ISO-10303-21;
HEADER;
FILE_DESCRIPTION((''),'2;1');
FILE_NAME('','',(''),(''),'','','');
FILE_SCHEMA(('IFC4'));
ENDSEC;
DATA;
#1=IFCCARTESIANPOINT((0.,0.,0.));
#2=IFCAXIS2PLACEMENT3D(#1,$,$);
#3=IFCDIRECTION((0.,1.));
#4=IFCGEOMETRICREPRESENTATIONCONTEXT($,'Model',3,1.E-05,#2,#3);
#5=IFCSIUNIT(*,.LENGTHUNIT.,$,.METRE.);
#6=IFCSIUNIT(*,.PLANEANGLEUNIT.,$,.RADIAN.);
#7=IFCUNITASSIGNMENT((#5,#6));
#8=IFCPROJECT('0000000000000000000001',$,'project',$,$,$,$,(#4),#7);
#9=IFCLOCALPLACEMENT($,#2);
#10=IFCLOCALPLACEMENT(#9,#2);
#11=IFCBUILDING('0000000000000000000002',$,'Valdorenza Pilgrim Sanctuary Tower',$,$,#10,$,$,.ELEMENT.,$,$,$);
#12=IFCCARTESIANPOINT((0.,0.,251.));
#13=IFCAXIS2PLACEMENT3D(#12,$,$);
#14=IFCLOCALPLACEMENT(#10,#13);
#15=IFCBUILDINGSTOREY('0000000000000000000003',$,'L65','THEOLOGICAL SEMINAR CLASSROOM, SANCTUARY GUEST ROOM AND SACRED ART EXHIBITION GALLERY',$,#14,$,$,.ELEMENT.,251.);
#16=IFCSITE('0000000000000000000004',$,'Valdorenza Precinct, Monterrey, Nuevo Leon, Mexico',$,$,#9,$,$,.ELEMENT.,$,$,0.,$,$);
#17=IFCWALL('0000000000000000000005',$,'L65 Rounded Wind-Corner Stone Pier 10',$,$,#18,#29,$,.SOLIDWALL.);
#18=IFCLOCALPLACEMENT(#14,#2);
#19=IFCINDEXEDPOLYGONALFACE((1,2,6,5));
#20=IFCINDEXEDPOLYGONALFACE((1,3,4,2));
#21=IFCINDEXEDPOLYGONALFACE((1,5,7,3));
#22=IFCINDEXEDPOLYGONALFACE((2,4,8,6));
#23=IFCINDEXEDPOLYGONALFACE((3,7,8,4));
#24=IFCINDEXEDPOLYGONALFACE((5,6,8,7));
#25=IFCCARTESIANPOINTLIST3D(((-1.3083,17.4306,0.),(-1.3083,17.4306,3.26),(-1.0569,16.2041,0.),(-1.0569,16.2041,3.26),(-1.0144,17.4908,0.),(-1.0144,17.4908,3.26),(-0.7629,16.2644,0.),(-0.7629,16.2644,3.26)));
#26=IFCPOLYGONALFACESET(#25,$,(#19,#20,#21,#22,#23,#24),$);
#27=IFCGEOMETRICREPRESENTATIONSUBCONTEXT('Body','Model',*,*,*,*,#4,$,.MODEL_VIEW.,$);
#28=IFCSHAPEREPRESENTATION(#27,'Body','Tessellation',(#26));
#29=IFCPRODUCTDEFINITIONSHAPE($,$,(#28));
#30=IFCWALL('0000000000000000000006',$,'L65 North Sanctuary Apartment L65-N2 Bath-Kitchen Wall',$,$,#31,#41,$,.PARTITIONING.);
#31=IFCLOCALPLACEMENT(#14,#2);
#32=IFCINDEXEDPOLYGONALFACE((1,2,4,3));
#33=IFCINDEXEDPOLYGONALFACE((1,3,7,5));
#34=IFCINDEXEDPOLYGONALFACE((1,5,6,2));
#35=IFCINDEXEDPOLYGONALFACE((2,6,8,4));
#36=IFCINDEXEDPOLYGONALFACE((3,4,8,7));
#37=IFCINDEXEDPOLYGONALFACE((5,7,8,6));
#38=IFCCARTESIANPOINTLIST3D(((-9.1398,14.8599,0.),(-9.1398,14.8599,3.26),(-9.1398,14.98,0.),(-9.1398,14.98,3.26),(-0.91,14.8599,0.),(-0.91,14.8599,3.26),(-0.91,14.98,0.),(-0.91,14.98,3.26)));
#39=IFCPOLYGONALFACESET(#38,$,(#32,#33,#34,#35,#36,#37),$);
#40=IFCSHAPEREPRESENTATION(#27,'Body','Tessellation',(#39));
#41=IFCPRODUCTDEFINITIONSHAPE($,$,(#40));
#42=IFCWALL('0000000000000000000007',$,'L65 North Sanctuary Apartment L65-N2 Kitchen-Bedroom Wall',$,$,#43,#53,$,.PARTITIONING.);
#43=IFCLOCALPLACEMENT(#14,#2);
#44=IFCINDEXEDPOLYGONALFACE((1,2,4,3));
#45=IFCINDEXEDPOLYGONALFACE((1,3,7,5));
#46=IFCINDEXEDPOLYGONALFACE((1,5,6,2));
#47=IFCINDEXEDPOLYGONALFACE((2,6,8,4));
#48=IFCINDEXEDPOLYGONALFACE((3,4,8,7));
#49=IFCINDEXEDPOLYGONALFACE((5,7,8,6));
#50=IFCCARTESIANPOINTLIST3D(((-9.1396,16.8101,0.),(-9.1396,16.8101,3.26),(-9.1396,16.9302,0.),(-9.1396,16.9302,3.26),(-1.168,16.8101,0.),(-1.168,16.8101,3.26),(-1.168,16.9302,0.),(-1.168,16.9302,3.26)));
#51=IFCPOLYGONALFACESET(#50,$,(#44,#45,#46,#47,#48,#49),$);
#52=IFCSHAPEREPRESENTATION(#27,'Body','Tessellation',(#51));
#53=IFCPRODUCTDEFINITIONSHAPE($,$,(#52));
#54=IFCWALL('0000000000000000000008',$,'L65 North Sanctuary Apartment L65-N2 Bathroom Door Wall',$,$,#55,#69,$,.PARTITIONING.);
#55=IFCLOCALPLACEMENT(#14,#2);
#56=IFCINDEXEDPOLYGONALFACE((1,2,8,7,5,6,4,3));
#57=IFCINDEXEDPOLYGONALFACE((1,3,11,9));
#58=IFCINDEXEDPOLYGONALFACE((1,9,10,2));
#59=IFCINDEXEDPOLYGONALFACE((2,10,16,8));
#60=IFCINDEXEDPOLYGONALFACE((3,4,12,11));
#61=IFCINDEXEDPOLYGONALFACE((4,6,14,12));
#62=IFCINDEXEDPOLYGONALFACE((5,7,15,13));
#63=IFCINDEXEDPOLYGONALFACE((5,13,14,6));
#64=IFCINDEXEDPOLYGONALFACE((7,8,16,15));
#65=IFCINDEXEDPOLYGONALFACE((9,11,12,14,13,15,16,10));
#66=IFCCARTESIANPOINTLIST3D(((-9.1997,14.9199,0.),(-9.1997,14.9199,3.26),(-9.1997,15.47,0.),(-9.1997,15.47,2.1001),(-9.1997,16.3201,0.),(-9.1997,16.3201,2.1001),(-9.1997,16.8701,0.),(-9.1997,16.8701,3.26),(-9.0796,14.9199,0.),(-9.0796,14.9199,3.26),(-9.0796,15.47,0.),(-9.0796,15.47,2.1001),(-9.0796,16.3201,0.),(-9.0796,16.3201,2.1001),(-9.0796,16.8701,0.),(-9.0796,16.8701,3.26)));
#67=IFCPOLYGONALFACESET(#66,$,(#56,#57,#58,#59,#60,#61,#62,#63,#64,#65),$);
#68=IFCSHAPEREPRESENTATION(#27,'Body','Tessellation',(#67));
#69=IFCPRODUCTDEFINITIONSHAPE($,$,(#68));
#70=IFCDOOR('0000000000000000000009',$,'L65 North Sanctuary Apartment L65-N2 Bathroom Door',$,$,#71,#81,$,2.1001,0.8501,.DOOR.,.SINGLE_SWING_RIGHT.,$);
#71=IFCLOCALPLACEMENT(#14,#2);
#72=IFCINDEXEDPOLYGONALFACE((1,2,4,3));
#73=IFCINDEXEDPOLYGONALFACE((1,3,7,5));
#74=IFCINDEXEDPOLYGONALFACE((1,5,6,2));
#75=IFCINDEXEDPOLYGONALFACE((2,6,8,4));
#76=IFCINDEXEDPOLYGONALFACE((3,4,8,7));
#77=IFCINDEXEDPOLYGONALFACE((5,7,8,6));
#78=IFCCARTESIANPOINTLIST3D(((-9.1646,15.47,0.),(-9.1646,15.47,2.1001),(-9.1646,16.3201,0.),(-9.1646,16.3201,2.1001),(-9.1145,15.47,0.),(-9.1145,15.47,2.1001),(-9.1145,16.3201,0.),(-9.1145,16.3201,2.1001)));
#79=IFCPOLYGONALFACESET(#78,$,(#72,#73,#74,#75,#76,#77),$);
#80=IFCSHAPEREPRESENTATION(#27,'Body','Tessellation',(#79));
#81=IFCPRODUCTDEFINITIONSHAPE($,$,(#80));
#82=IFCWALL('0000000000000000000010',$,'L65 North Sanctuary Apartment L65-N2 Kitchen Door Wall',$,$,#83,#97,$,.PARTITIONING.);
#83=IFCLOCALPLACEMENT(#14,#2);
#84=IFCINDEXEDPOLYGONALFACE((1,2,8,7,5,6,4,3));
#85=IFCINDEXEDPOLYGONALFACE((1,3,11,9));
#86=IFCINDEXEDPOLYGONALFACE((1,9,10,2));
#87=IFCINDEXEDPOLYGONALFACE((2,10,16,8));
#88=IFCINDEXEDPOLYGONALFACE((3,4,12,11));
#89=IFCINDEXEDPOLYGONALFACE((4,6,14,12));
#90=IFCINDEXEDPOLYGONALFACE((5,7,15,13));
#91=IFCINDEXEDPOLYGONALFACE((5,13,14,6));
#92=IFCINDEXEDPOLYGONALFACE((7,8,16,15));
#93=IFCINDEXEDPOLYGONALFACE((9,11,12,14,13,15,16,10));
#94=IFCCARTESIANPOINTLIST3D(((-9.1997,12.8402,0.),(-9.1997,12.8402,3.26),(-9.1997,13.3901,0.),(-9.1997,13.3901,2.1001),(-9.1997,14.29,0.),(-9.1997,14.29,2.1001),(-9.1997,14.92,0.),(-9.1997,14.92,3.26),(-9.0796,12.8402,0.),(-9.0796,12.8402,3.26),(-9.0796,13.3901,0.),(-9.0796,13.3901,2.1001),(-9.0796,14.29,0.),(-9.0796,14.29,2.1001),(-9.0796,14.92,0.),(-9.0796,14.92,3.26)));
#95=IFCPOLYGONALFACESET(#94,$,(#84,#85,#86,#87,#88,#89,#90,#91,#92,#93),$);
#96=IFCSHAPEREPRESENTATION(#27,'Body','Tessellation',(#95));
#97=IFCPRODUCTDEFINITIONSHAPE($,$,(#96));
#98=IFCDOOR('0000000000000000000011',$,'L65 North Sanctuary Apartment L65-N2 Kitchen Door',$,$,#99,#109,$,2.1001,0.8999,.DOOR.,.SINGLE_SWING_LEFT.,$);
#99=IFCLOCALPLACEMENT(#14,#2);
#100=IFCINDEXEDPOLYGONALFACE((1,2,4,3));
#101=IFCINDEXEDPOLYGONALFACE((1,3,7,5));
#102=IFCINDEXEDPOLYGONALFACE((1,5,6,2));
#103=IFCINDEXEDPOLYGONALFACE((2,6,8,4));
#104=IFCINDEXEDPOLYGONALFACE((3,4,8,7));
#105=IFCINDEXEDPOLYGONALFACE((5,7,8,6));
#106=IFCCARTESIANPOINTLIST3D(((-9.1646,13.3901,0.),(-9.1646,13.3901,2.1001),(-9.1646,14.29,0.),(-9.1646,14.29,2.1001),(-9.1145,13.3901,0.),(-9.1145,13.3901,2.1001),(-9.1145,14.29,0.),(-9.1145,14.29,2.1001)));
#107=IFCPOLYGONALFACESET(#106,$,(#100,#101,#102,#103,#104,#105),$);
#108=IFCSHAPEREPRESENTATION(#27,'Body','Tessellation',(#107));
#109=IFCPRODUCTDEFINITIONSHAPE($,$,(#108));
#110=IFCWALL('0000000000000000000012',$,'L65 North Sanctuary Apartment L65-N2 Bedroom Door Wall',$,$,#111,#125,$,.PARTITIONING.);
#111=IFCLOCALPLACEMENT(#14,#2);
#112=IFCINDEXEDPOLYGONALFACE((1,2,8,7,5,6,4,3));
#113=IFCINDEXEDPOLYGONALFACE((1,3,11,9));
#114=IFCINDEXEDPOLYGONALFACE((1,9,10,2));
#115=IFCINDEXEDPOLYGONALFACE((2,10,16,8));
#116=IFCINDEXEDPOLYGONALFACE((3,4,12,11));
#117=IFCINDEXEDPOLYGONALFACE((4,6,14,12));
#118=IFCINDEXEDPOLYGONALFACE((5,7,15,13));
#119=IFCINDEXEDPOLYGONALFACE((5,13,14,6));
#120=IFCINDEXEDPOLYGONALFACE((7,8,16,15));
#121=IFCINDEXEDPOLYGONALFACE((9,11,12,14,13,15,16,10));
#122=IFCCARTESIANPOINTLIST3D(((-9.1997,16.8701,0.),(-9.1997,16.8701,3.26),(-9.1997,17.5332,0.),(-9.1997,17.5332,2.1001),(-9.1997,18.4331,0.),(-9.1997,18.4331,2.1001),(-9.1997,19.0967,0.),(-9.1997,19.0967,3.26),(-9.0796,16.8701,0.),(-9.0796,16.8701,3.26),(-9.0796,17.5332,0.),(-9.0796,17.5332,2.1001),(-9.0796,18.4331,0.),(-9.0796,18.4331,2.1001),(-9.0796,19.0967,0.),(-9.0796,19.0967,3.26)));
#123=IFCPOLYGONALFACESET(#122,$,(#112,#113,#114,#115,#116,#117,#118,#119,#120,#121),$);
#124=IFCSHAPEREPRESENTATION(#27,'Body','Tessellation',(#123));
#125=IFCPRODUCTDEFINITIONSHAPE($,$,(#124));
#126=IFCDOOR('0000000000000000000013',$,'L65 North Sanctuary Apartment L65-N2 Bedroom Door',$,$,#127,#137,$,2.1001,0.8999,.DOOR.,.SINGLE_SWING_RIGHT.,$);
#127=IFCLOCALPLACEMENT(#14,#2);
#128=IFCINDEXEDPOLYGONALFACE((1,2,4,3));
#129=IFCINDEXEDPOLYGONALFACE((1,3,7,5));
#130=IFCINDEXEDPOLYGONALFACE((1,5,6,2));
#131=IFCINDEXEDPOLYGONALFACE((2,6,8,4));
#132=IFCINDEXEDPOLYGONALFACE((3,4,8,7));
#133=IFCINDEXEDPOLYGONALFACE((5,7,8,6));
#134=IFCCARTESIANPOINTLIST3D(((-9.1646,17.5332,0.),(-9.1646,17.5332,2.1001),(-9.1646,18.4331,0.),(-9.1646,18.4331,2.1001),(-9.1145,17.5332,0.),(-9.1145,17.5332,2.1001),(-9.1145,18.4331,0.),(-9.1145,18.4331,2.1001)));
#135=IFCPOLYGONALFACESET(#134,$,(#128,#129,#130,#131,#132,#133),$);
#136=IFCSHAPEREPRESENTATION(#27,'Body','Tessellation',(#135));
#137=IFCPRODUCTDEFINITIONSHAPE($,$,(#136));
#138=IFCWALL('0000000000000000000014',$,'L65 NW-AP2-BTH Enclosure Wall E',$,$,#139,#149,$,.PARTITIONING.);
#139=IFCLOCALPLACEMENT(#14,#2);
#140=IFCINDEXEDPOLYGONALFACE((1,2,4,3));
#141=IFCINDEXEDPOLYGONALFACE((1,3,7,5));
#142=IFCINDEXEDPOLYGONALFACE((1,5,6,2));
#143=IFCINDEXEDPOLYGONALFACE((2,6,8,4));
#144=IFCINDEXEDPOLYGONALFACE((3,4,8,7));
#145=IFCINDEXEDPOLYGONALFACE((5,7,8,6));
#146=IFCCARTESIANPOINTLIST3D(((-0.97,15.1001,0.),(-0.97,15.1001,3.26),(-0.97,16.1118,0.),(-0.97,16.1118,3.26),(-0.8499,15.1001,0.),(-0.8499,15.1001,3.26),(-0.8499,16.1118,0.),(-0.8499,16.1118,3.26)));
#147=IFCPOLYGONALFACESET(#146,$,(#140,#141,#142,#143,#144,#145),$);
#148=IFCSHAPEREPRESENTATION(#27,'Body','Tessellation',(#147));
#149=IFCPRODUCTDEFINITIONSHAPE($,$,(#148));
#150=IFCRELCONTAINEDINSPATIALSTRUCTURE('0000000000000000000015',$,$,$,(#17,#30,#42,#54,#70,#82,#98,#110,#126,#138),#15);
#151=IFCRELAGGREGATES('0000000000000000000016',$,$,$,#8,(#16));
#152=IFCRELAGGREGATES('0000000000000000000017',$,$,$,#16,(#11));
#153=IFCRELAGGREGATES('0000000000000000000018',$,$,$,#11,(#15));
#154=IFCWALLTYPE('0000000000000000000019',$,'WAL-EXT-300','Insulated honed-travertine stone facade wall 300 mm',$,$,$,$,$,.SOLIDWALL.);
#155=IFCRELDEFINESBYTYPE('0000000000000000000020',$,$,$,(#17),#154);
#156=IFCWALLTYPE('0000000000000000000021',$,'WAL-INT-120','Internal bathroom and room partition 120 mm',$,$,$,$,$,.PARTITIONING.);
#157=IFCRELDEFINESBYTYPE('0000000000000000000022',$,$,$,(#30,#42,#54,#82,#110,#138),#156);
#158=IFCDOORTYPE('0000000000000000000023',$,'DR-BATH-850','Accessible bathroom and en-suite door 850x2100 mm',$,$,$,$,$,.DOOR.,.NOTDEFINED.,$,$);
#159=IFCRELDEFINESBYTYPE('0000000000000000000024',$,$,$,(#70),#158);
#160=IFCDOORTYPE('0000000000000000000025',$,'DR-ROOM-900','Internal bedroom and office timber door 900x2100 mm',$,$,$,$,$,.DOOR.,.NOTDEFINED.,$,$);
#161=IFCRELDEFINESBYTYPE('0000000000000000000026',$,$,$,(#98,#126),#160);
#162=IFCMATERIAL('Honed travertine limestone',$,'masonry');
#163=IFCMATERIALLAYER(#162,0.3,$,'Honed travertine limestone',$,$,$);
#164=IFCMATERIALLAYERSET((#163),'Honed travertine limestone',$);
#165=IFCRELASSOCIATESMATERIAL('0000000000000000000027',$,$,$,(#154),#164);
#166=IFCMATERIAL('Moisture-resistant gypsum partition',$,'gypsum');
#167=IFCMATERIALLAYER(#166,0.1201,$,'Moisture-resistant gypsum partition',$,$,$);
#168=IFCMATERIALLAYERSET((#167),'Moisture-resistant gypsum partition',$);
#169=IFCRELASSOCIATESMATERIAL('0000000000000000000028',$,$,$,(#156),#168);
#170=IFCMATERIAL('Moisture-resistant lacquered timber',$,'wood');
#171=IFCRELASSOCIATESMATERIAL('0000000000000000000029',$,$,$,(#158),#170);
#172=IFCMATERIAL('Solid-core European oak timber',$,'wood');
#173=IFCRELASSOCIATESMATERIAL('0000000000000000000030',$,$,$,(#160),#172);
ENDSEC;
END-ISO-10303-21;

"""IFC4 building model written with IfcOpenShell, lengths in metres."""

from ifc_helpers import new_model, si_unit, direction, frame, frame_2d, origin, place, context, subcontext, project, spatial, rectangle, extrude, material, layer, layer_set, type_object, element, fill, save


model = new_model("IFC4")

# Units and contexts
model_context = context("Model", 3, precision=1e-05, world=origin(), true_north=direction((0.0, 1.0)))
body_context = subcontext(model_context, "Body", "Model", "MODEL_VIEW")
ifc_project = project(units=[si_unit("LENGTHUNIT", "METRE"), si_unit("PLANEANGLEUNIT", "RADIAN")], contexts=[model_context])

# Site, building, storey
site_placement = place(None, origin())
site = spatial("IfcSite", under=ifc_project, at=site_placement, Name="Valdorenza Precinct, Monterrey, Nuevo Leon, Mexico", CompositionType="ELEMENT", RefElevation=0.0)
building_placement = place(site_placement, origin())
building = spatial("IfcBuilding", under=site, at=building_placement, Name="Valdorenza Pilgrim Sanctuary Tower", CompositionType="ELEMENT")
storey_placement = place(building_placement, frame((0.0, 0.0, 251.0)))
storey = spatial("IfcBuildingStorey", under=building, at=storey_placement, Name="L65", Description="THEOLOGICAL SEMINAR CLASSROOM, SANCTUARY GUEST ROOM AND SACRED ART EXHIBITION GALLERY", CompositionType="ELEMENT", Elevation=251.0)

# Shared definitions
ifc_material_1 = material(Name="Honed travertine limestone", Category="masonry")

# Walls
ifc_layer_1 = layer(ifc_material_1, 0.3, Name="Honed travertine limestone")
ifc_layer_set_1 = layer_set([ifc_layer_1], Name="Honed travertine limestone")
wall_type_1 = type_object("IfcWallType", Name="WAL-EXT-300", Description="Insulated honed-travertine stone facade wall 300 mm", PredefinedType="SOLIDWALL", material=ifc_layer_set_1)
wall_1_placement = place(storey_placement, frame((-1.1614, 17.4607, 0.0), z_axis=(0.0, 0.0, 1.0), x_axis=(0.200877, -0.979616, 0.0)))
element("IfcWall", 1, at=wall_1_placement, inside=storey, type_object=wall_type_1, Name="L65 Rounded Wind-Corner Stone Pier 10", PredefinedType="SOLIDWALL", context=body_context, shape_type="SweptSolid", body=[
    extrude(rectangle(XDim=1.252, YDim=0.3, at=frame_2d((0.626, 0.0))), origin(), (0.0, 0.0, 1.0), 3.26),
])
ifc_material_2 = material(Name="Moisture-resistant gypsum partition", Category="gypsum")
ifc_layer_2 = layer(ifc_material_2, 0.1201, Name="Moisture-resistant gypsum partition")
ifc_layer_set_2 = layer_set([ifc_layer_2], Name="Moisture-resistant gypsum partition")
wall_type_2 = type_object("IfcWallType", Name="WAL-INT-120", Description="Internal bathroom and room partition 120 mm", PredefinedType="PARTITIONING", material=ifc_layer_set_2)
wall_2_placement = place(storey_placement, frame((-9.1396, 14.9199, 0.0), z_axis=(0.0, 0.0, 1.0), x_axis=(1.0, 0.0, 0.0)))
element("IfcWall", 2, at=wall_2_placement, inside=storey, type_object=wall_type_2, Name="L65 North Sanctuary Apartment L65-N2 Bath-Kitchen Wall", PredefinedType="PARTITIONING", context=body_context, shape_type="SweptSolid", body=[
    extrude(rectangle(XDim=8.2297, YDim=0.1201, at=frame_2d((4.1147, 0.0))), origin(), (0.0, 0.0, 1.0), 3.26),
])
wall_3_placement = place(storey_placement, frame((-9.1396, 16.8701, 0.0), z_axis=(0.0, 0.0, 1.0), x_axis=(1.0, 0.0, 0.0)))
element("IfcWall", 3, at=wall_3_placement, inside=storey, type_object=wall_type_2, Name="L65 North Sanctuary Apartment L65-N2 Kitchen-Bedroom Wall", PredefinedType="PARTITIONING", context=body_context, shape_type="SweptSolid", body=[
    extrude(rectangle(XDim=7.9717, YDim=0.1201, at=frame_2d((3.9858, 0.0))), origin(), (0.0, 0.0, 1.0), 3.26),
])

# Walls, openings, doors
wall_4_placement = place(storey_placement, frame((-9.1396, 14.9199, 0.0), z_axis=(0.0, 0.0, 1.0), x_axis=(0.0, 1.0, 0.0)))
wall_4 = element("IfcWall", 4, at=wall_4_placement, inside=storey, type_object=wall_type_2, Name="L65 North Sanctuary Apartment L65-N2 Bathroom Door Wall", PredefinedType="PARTITIONING", context=body_context, shape_type="SweptSolid", body=[
    extrude(rectangle(XDim=1.9502, YDim=0.1201, at=frame_2d((0.9751, 0.0))), origin(), (0.0, 0.0, 1.0), 3.26),
])
opening_1_placement = place(wall_4_placement, frame((0.55, 0.0, 0.0)))
opening_1 = element("IfcOpeningElement", 5, at=opening_1_placement, cuts=wall_4, PredefinedType="OPENING", context=body_context, shape_type="SweptSolid", body=[
    extrude(rectangle(XDim=0.8501, YDim=2.1001, at=frame_2d((0.425, 1.05))), frame((0.0, 0.075, 0.0), z_axis=(0.0, -1.0, 0.0), x_axis=(1.0, 0.0, 0.0)), (0.0, 0.0, 1.0), 0.1499),
])
ifc_material_3 = material(Name="Moisture-resistant lacquered timber", Category="wood")
door_type_1 = type_object("IfcDoorType", Name="DR-BATH-850", Description="Accessible bathroom and en-suite door 850x2100 mm", OperationType="NOTDEFINED", PredefinedType="DOOR", material=ifc_material_3)
door_1_placement = place(opening_1_placement, origin())
door_1 = element("IfcDoor", 6, at=door_1_placement, inside=storey, type_object=door_type_1, Name="L65 North Sanctuary Apartment L65-N2 Bathroom Door", OperationType="SINGLE_SWING_RIGHT", OverallHeight=2.1001, OverallWidth=0.8501, PredefinedType="DOOR", context=body_context, shape_type="SweptSolid", body=[
    extrude(rectangle(XDim=0.8501, YDim=2.1001, at=frame_2d((0.425, 1.05))), frame((0.0, 0.0249, 0.0), z_axis=(0.0, -1.0, 0.0), x_axis=(1.0, 0.0, 0.0)), (0.0, 0.0, 1.0), 0.05),
])
fill(opening_1, door_1)
wall_5_placement = place(storey_placement, frame((-9.1396, 12.8401, 0.0), z_axis=(0.0, 0.0, 1.0), x_axis=(0.0, 1.0, 0.0)))
wall_5 = element("IfcWall", 7, at=wall_5_placement, inside=storey, type_object=wall_type_2, Name="L65 North Sanctuary Apartment L65-N2 Kitchen Door Wall", PredefinedType="PARTITIONING", context=body_context, shape_type="SweptSolid", body=[
    extrude(rectangle(XDim=2.0798, YDim=0.1201, at=frame_2d((1.04, 0.0))), origin(), (0.0, 0.0, 1.0), 3.26),
])
opening_2_placement = place(wall_5_placement, frame((0.55, 0.0, 0.0)))
opening_2 = element("IfcOpeningElement", 8, at=opening_2_placement, cuts=wall_5, PredefinedType="OPENING", context=body_context, shape_type="SweptSolid", body=[
    extrude(rectangle(XDim=0.8999, YDim=2.1001, at=frame_2d((0.45, 1.05))), frame((0.0, 0.075, 0.0), z_axis=(0.0, -1.0, 0.0), x_axis=(1.0, 0.0, 0.0)), (0.0, 0.0, 1.0), 0.1499),
])
ifc_material_4 = material(Name="Solid-core European oak timber", Category="wood")
door_type_2 = type_object("IfcDoorType", Name="DR-ROOM-900", Description="Internal bedroom and office timber door 900x2100 mm", OperationType="NOTDEFINED", PredefinedType="DOOR", material=ifc_material_4)
door_2_placement = place(opening_2_placement, origin())
door_2 = element("IfcDoor", 9, at=door_2_placement, inside=storey, type_object=door_type_2, Name="L65 North Sanctuary Apartment L65-N2 Kitchen Door", OperationType="SINGLE_SWING_LEFT", OverallHeight=2.1001, OverallWidth=0.8999, PredefinedType="DOOR", context=body_context, shape_type="SweptSolid", body=[
    extrude(rectangle(XDim=0.8999, YDim=2.1001, at=frame_2d((0.45, 1.05))), frame((0.0, 0.0249, 0.0), z_axis=(0.0, -1.0, 0.0), x_axis=(1.0, 0.0, 0.0)), (0.0, 0.0, 1.0), 0.05),
])
fill(opening_2, door_2)
wall_6_placement = place(storey_placement, frame((-9.1396, 16.8701, 0.0), z_axis=(0.0, 0.0, 1.0), x_axis=(0.0, 1.0, 0.0)))
wall_6 = element("IfcWall", 10, at=wall_6_placement, inside=storey, type_object=wall_type_2, Name="L65 North Sanctuary Apartment L65-N2 Bedroom Door Wall", PredefinedType="PARTITIONING", context=body_context, shape_type="SweptSolid", body=[
    extrude(rectangle(XDim=2.2266, YDim=0.1201, at=frame_2d((1.1133, 0.0))), origin(), (0.0, 0.0, 1.0), 3.26),
])
opening_3_placement = place(wall_6_placement, frame((0.6631, 0.0, 0.0)))
opening_3 = element("IfcOpeningElement", 11, at=opening_3_placement, cuts=wall_6, PredefinedType="OPENING", context=body_context, shape_type="SweptSolid", body=[
    extrude(rectangle(XDim=0.8999, YDim=2.1001, at=frame_2d((0.45, 1.05))), frame((0.0, 0.075, 0.0), z_axis=(0.0, -1.0, 0.0), x_axis=(1.0, 0.0, 0.0)), (0.0, 0.0, 1.0), 0.1499),
])
door_3_placement = place(opening_3_placement, origin())
door_3 = element("IfcDoor", 12, at=door_3_placement, inside=storey, type_object=door_type_2, Name="L65 North Sanctuary Apartment L65-N2 Bedroom Door", OperationType="SINGLE_SWING_RIGHT", OverallHeight=2.1001, OverallWidth=0.8999, PredefinedType="DOOR", context=body_context, shape_type="SweptSolid", body=[
    extrude(rectangle(XDim=0.8999, YDim=2.1001, at=frame_2d((0.45, 1.05))), frame((0.0, 0.0249, 0.0), z_axis=(0.0, -1.0, 0.0), x_axis=(1.0, 0.0, 0.0)), (0.0, 0.0, 1.0), 0.05),
])
fill(opening_3, door_3)

# Wall
wall_7_placement = place(storey_placement, frame((-0.9099, 15.1001, 0.0), z_axis=(0.0, 0.0, 1.0), x_axis=(0.0, 1.0, 0.0)))
element("IfcWall", 13, at=wall_7_placement, inside=storey, type_object=wall_type_2, Name="L65 NW-AP2-BTH Enclosure Wall E", PredefinedType="PARTITIONING", context=body_context, shape_type="SweptSolid", body=[
    extrude(rectangle(XDim=1.0117, YDim=0.1201, at=frame_2d((0.5059, 0.0))), origin(), (0.0, 0.0, 1.0), 3.26),
])

save(model, "model.ifc")
